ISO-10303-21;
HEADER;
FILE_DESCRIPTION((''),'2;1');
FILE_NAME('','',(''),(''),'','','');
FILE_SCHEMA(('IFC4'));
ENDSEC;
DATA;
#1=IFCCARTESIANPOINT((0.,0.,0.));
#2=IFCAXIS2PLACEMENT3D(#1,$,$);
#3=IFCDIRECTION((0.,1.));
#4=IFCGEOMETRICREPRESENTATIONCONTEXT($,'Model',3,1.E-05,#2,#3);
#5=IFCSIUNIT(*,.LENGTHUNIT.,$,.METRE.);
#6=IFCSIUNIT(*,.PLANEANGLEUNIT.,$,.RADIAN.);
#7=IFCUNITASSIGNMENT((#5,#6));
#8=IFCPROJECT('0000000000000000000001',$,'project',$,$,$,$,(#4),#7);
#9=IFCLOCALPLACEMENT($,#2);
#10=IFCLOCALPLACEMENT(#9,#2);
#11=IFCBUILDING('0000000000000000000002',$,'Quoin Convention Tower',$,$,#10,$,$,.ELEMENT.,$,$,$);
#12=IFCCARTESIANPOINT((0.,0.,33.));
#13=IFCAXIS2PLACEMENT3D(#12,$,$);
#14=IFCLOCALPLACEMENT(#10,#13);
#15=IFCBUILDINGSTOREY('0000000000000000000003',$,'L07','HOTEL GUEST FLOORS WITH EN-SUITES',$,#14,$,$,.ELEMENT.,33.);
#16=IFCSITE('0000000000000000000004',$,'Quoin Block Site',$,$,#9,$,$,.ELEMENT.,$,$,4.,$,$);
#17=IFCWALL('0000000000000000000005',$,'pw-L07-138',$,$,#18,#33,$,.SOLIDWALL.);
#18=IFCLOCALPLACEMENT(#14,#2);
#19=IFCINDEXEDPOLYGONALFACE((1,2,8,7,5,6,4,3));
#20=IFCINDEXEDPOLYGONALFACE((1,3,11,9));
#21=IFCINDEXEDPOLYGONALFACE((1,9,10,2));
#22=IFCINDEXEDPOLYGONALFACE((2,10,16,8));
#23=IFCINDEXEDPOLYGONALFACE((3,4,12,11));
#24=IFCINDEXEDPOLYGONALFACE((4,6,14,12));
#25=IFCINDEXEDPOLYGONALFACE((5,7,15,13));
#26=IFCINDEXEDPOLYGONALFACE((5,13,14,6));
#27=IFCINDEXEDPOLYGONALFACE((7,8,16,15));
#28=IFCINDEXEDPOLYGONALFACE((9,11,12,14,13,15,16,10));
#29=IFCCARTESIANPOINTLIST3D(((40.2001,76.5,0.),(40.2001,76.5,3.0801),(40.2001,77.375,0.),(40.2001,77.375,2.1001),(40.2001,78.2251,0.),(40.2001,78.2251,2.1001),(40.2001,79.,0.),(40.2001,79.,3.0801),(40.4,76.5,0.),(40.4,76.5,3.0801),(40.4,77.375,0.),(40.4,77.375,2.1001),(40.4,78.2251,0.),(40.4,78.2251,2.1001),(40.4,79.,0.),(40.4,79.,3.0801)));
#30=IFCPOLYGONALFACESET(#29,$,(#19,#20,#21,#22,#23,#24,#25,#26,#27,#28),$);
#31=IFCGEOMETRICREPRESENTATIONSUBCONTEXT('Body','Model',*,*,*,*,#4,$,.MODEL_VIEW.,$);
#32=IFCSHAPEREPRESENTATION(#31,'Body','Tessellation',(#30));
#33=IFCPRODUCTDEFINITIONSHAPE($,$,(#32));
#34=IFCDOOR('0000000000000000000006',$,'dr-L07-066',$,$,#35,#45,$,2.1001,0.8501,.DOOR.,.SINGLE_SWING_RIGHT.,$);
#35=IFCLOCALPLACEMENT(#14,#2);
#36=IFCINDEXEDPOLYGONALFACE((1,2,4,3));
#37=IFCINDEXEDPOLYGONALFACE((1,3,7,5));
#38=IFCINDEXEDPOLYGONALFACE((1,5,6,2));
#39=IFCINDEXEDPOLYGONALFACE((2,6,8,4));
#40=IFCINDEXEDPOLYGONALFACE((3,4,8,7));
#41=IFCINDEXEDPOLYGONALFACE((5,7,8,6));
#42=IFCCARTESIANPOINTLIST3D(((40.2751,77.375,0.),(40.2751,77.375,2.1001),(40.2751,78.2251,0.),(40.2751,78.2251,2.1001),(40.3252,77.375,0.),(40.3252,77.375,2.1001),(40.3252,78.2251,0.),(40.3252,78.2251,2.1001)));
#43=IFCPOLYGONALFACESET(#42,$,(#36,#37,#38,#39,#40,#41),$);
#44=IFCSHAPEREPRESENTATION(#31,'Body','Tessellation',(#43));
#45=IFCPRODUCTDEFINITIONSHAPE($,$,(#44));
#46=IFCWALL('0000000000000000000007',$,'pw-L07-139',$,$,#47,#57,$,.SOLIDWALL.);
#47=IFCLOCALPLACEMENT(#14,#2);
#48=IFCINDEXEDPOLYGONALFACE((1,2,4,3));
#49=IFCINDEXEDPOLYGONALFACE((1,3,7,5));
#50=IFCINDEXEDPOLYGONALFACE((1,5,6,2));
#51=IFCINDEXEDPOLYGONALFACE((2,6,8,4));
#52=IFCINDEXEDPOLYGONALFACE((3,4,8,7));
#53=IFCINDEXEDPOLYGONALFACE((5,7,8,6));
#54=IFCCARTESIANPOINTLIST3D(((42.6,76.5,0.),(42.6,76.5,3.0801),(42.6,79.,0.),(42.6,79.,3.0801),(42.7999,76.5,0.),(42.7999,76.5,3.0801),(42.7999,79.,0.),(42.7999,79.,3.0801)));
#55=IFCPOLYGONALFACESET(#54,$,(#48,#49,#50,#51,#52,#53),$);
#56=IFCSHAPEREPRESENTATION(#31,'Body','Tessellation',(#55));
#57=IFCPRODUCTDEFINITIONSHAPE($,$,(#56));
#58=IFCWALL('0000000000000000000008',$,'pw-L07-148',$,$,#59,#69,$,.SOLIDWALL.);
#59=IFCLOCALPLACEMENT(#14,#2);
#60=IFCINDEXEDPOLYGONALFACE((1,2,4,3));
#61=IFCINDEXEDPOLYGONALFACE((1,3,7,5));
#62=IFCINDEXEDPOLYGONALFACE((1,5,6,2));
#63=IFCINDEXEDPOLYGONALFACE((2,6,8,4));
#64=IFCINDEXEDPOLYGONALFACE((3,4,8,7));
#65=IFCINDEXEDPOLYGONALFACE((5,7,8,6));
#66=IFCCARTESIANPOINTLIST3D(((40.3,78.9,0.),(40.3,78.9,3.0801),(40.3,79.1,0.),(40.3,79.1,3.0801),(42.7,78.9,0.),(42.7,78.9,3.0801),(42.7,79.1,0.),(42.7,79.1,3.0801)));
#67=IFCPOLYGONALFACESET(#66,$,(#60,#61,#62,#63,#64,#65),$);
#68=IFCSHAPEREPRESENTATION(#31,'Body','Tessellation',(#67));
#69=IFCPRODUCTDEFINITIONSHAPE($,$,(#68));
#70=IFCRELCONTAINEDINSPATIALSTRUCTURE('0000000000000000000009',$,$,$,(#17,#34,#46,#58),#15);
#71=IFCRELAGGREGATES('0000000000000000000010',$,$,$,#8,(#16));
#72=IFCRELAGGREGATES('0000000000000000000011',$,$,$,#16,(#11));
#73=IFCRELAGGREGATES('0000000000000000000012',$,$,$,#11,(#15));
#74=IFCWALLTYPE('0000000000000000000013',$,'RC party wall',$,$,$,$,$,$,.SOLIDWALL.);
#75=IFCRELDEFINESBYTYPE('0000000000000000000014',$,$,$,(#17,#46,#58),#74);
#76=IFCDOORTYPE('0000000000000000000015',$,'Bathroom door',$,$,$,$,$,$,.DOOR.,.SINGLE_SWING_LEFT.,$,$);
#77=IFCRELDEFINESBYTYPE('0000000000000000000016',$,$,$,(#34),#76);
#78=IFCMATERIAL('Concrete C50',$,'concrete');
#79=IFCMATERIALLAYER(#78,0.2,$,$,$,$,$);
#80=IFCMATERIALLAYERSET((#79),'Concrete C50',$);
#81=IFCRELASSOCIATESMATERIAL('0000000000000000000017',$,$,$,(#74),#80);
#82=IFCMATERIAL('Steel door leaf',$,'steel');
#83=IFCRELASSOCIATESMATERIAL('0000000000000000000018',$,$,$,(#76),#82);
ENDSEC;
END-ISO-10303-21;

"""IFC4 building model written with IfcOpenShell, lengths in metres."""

from ifc_helpers import new_model, si_unit, direction, frame, frame_2d, origin, place, context, subcontext, project, spatial, rectangle, extrude, material, layer, layer_set, type_object, element, fill, save


model = new_model("IFC4")

# Units and contexts
model_context = context("Model", 3, precision=1e-05, world=origin(), true_north=direction((0.0, 1.0)))
body_context = subcontext(model_context, "Body", "Model", "MODEL_VIEW")
ifc_project = project(units=[si_unit("LENGTHUNIT", "METRE"), si_unit("PLANEANGLEUNIT", "RADIAN")], contexts=[model_context])

# Site, building, storey
site_placement = place(None, origin())
site = spatial("IfcSite", under=ifc_project, at=site_placement, Name="Quoin Block Site", CompositionType="ELEMENT", RefElevation=4.0)
building_placement = place(site_placement, origin())
building = spatial("IfcBuilding", under=site, at=building_placement, Name="Quoin Convention Tower", CompositionType="ELEMENT")
storey_placement = place(building_placement, frame((0.0, 0.0, 33.0)))
storey = spatial("IfcBuildingStorey", under=building, at=storey_placement, Name="L07", Description="HOTEL GUEST FLOORS WITH EN-SUITES", CompositionType="ELEMENT", Elevation=33.0)

# Shared definitions
ifc_material_1 = material(Name="Concrete C50", Category="concrete")
ifc_layer_1 = layer(ifc_material_1, 0.2)
ifc_layer_set_1 = layer_set([ifc_layer_1], Name="Concrete C50")
wall_type_1 = type_object("IfcWallType", Name="RC party wall", PredefinedType="SOLIDWALL", material=ifc_layer_set_1)

# Shared definitions
ifc_material_2 = material(Name="Steel door leaf", Category="steel")
door_type_1 = type_object("IfcDoorType", Name="Bathroom door", OperationType="SINGLE_SWING_LEFT", PredefinedType="DOOR", material=ifc_material_2)

# Wall, opening, door
wall_1_placement = place(storey_placement, frame((40.3, 76.5, 0.0), z_axis=(0.0, 0.0, 1.0), x_axis=(0.0, 1.0, 0.0)))
wall_1 = element("IfcWall", 1, at=wall_1_placement, inside=storey, type_object=wall_type_1, Name="pw-L07-138", PredefinedType="SOLIDWALL", context=body_context, shape_type="SweptSolid", body=[
    extrude(rectangle(XDim=2.5, YDim=0.2, at=frame_2d((1.25, 0.0))), origin(), (0.0, 0.0, 1.0), 3.0801),
])
opening_1_placement = place(wall_1_placement, frame((0.875, 0.0, 0.0)))
opening_1 = element("IfcOpeningElement", 2, at=opening_1_placement, cuts=wall_1, PredefinedType="OPENING", context=body_context, shape_type="SweptSolid", body=[
    extrude(rectangle(XDim=0.8501, YDim=2.1001, at=frame_2d((0.425, 1.05))), frame((0.0, 0.1099, 0.0), z_axis=(0.0, -1.0, 0.0), x_axis=(1.0, 0.0, 0.0)), (0.0, 0.0, 1.0), 0.22),
])
door_1_placement = place(opening_1_placement, origin())
door_1 = element("IfcDoor", 3, at=door_1_placement, inside=storey, type_object=door_type_1, Name="dr-L07-066", OperationType="SINGLE_SWING_RIGHT", OverallHeight=2.1001, OverallWidth=0.8501, PredefinedType="DOOR", context=body_context, shape_type="SweptSolid", body=[
    extrude(rectangle(XDim=0.8501, YDim=2.1001, at=frame_2d((0.425, 1.05))), frame((0.0, 0.0249, 0.0), z_axis=(0.0, -1.0, 0.0), x_axis=(1.0, 0.0, 0.0)), (0.0, 0.0, 1.0), 0.05),
])
fill(opening_1, door_1)

# Walls
wall_2_placement = place(storey_placement, frame((42.7, 76.5, 0.0), z_axis=(0.0, 0.0, 1.0), x_axis=(0.0, 1.0, 0.0)))
element("IfcWall", 4, at=wall_2_placement, inside=storey, type_object=wall_type_1, Name="pw-L07-139", PredefinedType="SOLIDWALL", context=body_context, shape_type="SweptSolid", body=[
    extrude(rectangle(XDim=2.5, YDim=0.2, at=frame_2d((1.25, 0.0))), origin(), (0.0, 0.0, 1.0), 3.0801),
])
wall_3_placement = place(storey_placement, frame((40.3, 79.0, 0.0), z_axis=(0.0, 0.0, 1.0), x_axis=(1.0, 0.0, 0.0)))
element("IfcWall", 5, at=wall_3_placement, inside=storey, type_object=wall_type_1, Name="pw-L07-148", PredefinedType="SOLIDWALL", context=body_context, shape_type="SweptSolid", body=[
    extrude(rectangle(XDim=2.3999, YDim=0.2, at=frame_2d((1.2, 0.0))), origin(), (0.0, 0.0, 1.0), 3.0801),
])

save(model, "model.ifc")
